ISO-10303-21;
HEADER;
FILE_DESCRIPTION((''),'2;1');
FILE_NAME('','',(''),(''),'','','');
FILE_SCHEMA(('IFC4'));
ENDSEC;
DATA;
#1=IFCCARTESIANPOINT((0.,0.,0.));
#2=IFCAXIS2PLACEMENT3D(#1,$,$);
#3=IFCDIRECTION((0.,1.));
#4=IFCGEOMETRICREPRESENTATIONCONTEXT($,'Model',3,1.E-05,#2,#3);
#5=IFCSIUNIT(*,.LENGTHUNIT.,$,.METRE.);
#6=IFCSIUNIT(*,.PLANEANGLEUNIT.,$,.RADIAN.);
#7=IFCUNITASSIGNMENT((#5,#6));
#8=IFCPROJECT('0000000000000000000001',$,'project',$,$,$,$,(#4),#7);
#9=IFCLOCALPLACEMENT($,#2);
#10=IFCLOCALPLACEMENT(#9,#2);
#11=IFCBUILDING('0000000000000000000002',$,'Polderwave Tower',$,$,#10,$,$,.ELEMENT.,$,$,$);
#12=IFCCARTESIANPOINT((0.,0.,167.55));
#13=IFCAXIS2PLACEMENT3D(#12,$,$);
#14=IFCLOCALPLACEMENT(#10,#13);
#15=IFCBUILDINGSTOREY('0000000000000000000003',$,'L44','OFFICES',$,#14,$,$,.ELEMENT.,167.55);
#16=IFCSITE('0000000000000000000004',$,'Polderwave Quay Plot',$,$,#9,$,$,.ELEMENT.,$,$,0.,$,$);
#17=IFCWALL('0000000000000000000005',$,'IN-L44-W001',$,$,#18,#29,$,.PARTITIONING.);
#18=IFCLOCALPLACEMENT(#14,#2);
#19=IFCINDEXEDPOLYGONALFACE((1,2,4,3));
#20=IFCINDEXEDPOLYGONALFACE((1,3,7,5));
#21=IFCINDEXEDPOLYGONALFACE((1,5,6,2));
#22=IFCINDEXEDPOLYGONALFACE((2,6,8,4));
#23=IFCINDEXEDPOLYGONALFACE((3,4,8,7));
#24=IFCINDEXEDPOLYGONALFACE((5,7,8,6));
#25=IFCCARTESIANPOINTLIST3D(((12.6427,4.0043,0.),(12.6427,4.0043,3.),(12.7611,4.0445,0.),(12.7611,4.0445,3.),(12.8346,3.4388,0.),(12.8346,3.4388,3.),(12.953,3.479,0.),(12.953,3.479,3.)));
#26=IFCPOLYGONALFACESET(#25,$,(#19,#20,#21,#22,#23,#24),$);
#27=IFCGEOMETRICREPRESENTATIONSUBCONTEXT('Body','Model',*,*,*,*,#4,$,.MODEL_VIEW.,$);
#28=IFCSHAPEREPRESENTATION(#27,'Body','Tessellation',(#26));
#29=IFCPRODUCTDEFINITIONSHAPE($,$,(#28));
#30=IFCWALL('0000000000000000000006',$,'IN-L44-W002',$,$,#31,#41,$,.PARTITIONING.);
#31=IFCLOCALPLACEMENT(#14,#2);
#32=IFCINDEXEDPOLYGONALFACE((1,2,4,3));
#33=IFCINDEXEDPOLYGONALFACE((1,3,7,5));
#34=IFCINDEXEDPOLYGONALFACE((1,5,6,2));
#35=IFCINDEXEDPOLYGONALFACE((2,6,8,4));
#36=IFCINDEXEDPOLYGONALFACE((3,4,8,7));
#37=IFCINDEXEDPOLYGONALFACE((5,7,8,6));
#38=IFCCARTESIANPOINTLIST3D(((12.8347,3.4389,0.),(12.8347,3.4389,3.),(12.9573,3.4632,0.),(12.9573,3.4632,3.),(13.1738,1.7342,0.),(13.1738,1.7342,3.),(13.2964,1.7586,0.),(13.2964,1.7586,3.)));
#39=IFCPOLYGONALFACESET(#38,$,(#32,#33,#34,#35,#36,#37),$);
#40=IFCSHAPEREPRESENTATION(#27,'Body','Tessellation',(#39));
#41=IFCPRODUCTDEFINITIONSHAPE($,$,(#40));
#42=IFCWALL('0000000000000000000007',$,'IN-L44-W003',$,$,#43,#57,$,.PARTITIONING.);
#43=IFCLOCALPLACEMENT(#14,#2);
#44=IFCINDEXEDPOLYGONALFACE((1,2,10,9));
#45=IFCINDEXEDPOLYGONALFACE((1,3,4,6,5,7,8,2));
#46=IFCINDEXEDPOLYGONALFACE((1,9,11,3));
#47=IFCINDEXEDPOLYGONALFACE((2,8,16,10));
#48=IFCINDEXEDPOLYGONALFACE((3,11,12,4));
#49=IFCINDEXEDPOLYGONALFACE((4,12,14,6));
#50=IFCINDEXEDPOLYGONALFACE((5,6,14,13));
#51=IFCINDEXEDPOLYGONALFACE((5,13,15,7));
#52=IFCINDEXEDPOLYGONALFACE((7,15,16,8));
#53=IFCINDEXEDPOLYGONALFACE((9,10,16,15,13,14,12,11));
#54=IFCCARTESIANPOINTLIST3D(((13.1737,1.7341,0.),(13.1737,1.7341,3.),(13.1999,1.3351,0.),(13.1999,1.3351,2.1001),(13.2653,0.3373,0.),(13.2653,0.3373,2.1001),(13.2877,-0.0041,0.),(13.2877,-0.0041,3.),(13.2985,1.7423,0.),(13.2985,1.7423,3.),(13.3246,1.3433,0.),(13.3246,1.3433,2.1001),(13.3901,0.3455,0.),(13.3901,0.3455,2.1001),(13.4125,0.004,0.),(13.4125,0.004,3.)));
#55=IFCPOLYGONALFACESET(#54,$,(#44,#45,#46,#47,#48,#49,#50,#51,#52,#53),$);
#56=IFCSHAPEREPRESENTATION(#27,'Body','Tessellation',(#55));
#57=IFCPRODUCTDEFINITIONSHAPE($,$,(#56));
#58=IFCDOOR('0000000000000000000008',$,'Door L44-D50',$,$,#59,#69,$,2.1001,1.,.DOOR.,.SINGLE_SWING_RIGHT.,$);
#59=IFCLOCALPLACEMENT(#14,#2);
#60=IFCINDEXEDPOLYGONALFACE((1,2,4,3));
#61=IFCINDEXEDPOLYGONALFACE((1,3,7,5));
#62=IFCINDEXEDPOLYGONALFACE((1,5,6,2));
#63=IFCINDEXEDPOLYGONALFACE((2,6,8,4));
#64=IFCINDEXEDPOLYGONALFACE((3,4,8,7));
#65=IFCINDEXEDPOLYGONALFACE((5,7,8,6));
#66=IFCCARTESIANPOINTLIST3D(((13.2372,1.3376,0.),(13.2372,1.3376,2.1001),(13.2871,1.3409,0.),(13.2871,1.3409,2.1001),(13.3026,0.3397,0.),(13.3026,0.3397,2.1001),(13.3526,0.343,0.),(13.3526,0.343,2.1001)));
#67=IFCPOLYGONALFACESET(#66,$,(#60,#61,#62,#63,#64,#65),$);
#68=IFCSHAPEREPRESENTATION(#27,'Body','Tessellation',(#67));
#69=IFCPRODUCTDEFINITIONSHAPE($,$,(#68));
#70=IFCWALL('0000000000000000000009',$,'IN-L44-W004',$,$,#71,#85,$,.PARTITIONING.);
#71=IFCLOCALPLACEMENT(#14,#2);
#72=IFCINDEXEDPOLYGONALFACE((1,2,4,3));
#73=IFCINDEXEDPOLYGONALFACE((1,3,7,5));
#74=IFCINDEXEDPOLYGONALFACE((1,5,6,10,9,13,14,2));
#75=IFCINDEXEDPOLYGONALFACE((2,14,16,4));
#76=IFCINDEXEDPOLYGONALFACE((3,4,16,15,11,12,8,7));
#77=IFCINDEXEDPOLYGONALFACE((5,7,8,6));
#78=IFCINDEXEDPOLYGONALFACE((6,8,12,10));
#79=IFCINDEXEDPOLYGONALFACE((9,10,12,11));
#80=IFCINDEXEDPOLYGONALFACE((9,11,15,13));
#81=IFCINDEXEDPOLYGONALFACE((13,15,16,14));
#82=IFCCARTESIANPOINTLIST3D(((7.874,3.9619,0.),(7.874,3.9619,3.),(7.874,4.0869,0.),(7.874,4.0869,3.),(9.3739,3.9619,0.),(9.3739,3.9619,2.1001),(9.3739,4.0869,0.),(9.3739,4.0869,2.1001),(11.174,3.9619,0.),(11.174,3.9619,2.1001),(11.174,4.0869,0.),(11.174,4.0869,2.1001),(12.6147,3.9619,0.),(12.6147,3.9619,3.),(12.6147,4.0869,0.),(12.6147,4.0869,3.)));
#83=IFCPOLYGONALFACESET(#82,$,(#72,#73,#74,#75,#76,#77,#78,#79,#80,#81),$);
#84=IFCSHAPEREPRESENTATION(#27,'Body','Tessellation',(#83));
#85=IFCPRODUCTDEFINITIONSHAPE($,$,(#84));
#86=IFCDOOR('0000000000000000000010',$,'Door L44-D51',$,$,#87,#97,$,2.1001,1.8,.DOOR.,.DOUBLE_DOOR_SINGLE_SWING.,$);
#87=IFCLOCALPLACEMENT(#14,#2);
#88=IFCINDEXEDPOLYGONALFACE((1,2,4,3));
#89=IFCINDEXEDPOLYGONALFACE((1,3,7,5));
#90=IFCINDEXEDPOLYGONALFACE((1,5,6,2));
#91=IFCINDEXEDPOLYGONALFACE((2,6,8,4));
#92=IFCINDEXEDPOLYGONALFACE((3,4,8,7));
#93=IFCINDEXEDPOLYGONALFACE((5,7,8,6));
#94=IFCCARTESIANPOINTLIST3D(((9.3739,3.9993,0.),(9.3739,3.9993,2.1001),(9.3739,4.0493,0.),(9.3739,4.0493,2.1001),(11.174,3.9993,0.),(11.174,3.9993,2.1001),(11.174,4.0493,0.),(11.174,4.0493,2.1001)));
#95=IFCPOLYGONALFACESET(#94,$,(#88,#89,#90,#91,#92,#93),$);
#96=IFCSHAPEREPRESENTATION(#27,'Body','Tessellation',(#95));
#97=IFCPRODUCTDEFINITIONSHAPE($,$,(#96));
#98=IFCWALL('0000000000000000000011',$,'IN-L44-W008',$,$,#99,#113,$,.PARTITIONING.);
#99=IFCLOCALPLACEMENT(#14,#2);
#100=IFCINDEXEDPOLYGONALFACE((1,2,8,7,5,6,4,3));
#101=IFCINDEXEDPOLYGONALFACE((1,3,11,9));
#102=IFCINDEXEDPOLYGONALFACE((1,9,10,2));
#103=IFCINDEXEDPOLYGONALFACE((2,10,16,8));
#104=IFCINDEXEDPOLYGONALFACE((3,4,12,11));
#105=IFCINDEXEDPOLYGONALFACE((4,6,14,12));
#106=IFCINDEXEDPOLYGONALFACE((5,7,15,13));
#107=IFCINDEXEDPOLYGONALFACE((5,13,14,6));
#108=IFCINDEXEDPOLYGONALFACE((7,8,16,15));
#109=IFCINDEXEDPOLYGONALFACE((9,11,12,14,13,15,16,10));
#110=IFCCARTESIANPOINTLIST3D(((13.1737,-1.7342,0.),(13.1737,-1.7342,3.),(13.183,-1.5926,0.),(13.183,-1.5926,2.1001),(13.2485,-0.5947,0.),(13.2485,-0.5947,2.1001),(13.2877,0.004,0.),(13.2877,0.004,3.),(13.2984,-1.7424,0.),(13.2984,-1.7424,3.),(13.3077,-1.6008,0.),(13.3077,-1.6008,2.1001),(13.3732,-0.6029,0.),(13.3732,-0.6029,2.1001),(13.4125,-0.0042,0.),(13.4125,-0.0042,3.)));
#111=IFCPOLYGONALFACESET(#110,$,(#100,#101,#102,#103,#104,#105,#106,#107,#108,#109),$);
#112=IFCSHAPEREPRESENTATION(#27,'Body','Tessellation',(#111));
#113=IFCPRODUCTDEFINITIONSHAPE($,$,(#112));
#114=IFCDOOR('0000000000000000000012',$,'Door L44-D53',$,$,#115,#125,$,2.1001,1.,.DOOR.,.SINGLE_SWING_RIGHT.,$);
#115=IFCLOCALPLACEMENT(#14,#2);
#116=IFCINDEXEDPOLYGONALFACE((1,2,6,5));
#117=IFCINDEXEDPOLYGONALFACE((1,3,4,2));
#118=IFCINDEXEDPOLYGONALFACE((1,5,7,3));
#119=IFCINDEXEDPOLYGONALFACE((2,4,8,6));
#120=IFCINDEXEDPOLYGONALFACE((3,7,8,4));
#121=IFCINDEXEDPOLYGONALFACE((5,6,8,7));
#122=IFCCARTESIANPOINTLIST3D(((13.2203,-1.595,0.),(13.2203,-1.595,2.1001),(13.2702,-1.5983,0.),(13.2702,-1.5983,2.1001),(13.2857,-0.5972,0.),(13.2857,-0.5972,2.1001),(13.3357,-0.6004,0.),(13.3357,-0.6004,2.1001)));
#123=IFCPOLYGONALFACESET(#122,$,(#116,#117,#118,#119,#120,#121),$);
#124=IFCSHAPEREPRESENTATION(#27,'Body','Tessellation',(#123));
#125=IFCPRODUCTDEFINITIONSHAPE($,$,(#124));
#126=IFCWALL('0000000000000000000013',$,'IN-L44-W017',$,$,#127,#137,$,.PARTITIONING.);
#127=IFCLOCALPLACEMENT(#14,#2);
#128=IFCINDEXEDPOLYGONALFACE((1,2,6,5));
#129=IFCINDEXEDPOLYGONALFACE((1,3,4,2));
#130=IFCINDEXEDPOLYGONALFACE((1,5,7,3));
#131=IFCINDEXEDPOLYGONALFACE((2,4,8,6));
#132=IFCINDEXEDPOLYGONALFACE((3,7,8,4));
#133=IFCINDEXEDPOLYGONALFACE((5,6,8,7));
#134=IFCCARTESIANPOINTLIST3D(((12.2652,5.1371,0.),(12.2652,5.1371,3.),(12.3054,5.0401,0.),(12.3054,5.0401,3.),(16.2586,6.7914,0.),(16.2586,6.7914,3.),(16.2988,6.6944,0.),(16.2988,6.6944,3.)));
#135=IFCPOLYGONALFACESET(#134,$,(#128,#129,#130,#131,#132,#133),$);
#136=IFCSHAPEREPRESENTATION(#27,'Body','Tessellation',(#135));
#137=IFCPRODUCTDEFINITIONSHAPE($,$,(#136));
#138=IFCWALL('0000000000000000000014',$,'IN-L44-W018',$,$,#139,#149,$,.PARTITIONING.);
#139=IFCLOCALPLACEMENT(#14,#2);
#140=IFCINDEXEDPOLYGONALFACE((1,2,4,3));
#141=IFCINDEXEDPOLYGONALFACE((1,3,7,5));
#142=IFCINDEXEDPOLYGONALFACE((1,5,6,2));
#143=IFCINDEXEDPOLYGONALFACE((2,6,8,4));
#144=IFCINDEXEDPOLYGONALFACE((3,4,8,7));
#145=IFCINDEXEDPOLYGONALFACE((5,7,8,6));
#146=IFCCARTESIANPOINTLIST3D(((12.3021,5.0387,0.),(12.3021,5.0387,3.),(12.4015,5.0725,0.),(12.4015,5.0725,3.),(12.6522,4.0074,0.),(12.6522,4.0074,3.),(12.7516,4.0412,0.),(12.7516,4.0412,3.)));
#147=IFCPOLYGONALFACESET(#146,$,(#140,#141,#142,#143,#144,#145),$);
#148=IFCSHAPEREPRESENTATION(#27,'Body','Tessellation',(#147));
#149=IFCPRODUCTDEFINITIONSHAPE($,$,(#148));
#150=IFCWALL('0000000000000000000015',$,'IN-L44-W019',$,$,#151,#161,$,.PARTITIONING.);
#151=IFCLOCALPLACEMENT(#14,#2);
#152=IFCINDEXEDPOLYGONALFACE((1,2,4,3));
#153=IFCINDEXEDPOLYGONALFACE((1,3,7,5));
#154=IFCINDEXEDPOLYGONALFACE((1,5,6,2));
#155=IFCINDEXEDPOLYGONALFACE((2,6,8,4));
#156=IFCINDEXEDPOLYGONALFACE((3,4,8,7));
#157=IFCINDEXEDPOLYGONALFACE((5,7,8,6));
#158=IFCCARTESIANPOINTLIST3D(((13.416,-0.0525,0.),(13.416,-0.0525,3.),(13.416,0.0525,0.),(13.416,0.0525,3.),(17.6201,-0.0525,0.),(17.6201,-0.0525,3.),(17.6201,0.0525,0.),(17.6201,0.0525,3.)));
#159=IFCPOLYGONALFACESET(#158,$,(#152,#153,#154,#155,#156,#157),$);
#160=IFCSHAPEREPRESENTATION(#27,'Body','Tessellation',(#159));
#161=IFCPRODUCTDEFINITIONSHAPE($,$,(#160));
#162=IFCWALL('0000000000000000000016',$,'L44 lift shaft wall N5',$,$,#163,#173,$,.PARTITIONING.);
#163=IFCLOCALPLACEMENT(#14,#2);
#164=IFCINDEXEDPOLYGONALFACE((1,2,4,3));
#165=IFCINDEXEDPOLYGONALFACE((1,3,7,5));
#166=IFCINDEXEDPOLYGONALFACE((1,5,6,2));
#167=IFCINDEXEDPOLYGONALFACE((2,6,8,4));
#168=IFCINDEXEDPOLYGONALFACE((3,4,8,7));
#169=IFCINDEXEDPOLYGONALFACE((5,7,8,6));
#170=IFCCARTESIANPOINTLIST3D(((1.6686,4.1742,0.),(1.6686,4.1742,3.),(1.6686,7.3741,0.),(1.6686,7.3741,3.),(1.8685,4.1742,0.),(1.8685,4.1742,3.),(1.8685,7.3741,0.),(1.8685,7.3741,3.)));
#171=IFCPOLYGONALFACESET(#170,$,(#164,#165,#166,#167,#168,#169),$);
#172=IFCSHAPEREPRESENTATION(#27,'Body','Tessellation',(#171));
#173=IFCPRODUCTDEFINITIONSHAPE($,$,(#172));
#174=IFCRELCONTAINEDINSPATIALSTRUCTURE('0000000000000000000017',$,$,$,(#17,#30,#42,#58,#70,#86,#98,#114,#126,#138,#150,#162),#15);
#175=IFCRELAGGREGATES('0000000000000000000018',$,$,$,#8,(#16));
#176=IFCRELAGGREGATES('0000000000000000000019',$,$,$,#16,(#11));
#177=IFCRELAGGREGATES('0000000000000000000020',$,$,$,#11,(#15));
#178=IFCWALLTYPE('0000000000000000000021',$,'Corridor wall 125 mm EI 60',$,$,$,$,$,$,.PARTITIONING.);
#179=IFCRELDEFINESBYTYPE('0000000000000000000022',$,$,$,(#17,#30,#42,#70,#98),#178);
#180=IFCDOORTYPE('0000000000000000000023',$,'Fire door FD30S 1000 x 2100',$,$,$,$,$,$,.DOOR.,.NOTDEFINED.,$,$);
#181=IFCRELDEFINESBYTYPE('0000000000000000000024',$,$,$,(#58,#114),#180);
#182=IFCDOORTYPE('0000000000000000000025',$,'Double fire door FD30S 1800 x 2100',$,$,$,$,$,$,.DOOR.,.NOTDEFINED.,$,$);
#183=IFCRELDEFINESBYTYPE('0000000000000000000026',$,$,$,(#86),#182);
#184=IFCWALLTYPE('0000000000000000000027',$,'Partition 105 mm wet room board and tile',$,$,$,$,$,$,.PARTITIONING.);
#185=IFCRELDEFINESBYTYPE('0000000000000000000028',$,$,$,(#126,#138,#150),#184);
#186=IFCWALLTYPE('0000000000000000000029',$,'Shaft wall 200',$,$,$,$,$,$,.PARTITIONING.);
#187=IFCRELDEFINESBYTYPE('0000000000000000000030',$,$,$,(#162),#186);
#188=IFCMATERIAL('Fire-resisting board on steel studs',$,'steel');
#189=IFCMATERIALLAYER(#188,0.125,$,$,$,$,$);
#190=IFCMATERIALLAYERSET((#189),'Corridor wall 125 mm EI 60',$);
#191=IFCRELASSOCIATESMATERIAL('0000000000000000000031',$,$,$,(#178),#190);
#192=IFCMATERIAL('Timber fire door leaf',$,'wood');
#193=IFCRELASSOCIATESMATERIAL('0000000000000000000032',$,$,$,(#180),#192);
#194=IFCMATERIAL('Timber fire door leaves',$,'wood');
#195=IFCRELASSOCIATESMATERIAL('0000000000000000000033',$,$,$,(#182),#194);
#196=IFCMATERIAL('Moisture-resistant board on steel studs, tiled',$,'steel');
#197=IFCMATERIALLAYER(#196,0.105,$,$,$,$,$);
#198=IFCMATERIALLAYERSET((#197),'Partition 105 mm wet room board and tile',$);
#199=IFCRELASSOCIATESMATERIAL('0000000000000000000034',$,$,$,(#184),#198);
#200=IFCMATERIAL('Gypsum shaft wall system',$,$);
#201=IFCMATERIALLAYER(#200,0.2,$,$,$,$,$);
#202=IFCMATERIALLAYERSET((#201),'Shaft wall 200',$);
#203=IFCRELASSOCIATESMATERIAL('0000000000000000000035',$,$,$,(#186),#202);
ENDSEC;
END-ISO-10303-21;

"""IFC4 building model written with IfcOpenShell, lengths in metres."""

from ifc_helpers import new_model, si_unit, direction, frame, frame_2d, origin, place, context, subcontext, project, spatial, rectangle, extrude, material, layer, layer_set, type_object, element, fill, save


model = new_model("IFC4")

# Units and contexts
model_context = context("Model", 3, precision=1e-05, world=origin(), true_north=direction((0.0, 1.0)))
body_context = subcontext(model_context, "Body", "Model", "MODEL_VIEW")
ifc_project = project(units=[si_unit("LENGTHUNIT", "METRE"), si_unit("PLANEANGLEUNIT", "RADIAN")], contexts=[model_context])

# Site, building, storey
site_placement = place(None, origin())
site = spatial("IfcSite", under=ifc_project, at=site_placement, Name="Polderwave Quay Plot", CompositionType="ELEMENT", RefElevation=0.0)
building_placement = place(site_placement, origin())
building = spatial("IfcBuilding", under=site, at=building_placement, Name="Polderwave Tower", CompositionType="ELEMENT")
storey_placement = place(building_placement, frame((0.0, 0.0, 167.55)))
storey = spatial("IfcBuildingStorey", under=building, at=storey_placement, Name="L44", Description="OFFICES", CompositionType="ELEMENT", Elevation=167.55)

# Walls
ifc_material_1 = material(Name="Fire-resisting board on steel studs", Category="steel")
ifc_layer_1 = layer(ifc_material_1, 0.125)
ifc_layer_set_1 = layer_set([ifc_layer_1], Name="Corridor wall 125 mm EI 60")
wall_type_1 = type_object("IfcWallType", Name="Corridor wall 125 mm EI 60", PredefinedType="PARTITIONING", material=ifc_layer_set_1)
wall_1_placement = place(storey_placement, frame((12.7019, 4.0244, 0.0), z_axis=(0.0, 0.0, 1.0), x_axis=(0.321375, -0.946952, 0.0)))
element("IfcWall", 1, at=wall_1_placement, inside=storey, type_object=wall_type_1, Name="IN-L44-W001", PredefinedType="PARTITIONING", context=body_context, shape_type="SweptSolid", body=[
    extrude(rectangle(XDim=0.5972, YDim=0.125, at=frame_2d((0.2986, 0.0))), origin(), (0.0, 0.0, 1.0), 3.0),
])
wall_2_placement = place(storey_placement, frame((12.896, 3.4512, 0.0), z_axis=(0.0, 0.0, 1.0), x_axis=(0.195117, -0.98078, 0.0)))
element("IfcWall", 2, at=wall_2_placement, inside=storey, type_object=wall_type_1, Name="IN-L44-W002", PredefinedType="PARTITIONING", context=body_context, shape_type="SweptSolid", body=[
    extrude(rectangle(XDim=1.738, YDim=0.125, at=frame_2d((0.8691, 0.0))), origin(), (0.0, 0.0, 1.0), 3.0),
])

# Walls, openings, doors
wall_3_placement = place(storey_placement, frame((13.2361, 1.7383, 0.0), z_axis=(0.0, 0.0, 1.0), x_axis=(0.065449, -0.997856, 0.0)))
wall_3 = element("IfcWall", 3, at=wall_3_placement, inside=storey, type_object=wall_type_1, Name="IN-L44-W003", PredefinedType="PARTITIONING", context=body_context, shape_type="SweptSolid", body=[
    extrude(rectangle(XDim=1.7419, YDim=0.125, at=frame_2d((0.8711, 0.0))), origin(), (0.0, 0.0, 1.0), 3.0),
])
opening_1_placement = place(wall_3_placement, frame((0.3999, 0.0, 0.0)))
opening_1 = element("IfcOpeningElement", 4, at=opening_1_placement, cuts=wall_3, PredefinedType="OPENING", context=body_context, shape_type="SweptSolid", body=[
    extrude(rectangle(XDim=1.0, YDim=2.1001, at=frame_2d((0.5, 1.05))), frame((0.0, 0.0725, 0.0), z_axis=(0.0, -1.0, 0.0), x_axis=(1.0, 0.0, 0.0)), (0.0, 0.0, 1.0), 0.145),
])
ifc_material_2 = material(Name="Timber fire door leaf", Category="wood")
door_type_1 = type_object("IfcDoorType", Name="Fire door FD30S 1000 x 2100", OperationType="NOTDEFINED", PredefinedType="DOOR", material=ifc_material_2)
door_1_placement = place(opening_1_placement, origin())
door_1 = element("IfcDoor", 5, at=door_1_placement, inside=storey, type_object=door_type_1, Name="Door L44-D50", OperationType="SINGLE_SWING_RIGHT", OverallHeight=2.1001, OverallWidth=1.0, PredefinedType="DOOR", context=body_context, shape_type="SweptSolid", body=[
    extrude(rectangle(XDim=1.0, YDim=2.1001, at=frame_2d((0.5, 1.05))), frame((0.0, 0.0249, 0.0), z_axis=(0.0, -1.0, 0.0), x_axis=(1.0, 0.0, 0.0)), (0.0, 0.0, 1.0), 0.05),
])
fill(opening_1, door_1)
wall_4_placement = place(storey_placement, frame((7.874, 4.0244, 0.0), z_axis=(0.0, 0.0, 1.0), x_axis=(1.0, 0.0, 0.0)))
wall_4 = element("IfcWall", 6, at=wall_4_placement, inside=storey, type_object=wall_type_1, Name="IN-L44-W004", PredefinedType="PARTITIONING", context=body_context, shape_type="SweptSolid", body=[
    extrude(rectangle(XDim=4.7407, YDim=0.125, at=frame_2d((2.3704, 0.0))), origin(), (0.0, 0.0, 1.0), 3.0),
])
opening_2_placement = place(wall_4_placement, frame((1.5, 0.0, 0.0)))
opening_2 = element("IfcOpeningElement", 7, at=opening_2_placement, cuts=wall_4, PredefinedType="OPENING", context=body_context, shape_type="SweptSolid", body=[
    extrude(rectangle(XDim=1.8, YDim=2.1001, at=frame_2d((0.8999, 1.05))), frame((0.0, 0.0725, 0.0), z_axis=(0.0, -1.0, 0.0), x_axis=(1.0, 0.0, 0.0)), (0.0, 0.0, 1.0), 0.145),
])
ifc_material_3 = material(Name="Timber fire door leaves", Category="wood")
door_type_2 = type_object("IfcDoorType", Name="Double fire door FD30S 1800 x 2100", OperationType="NOTDEFINED", PredefinedType="DOOR", material=ifc_material_3)
door_2_placement = place(opening_2_placement, origin())
door_2 = element("IfcDoor", 8, at=door_2_placement, inside=storey, type_object=door_type_2, Name="Door L44-D51", OperationType="DOUBLE_DOOR_SINGLE_SWING", OverallHeight=2.1001, OverallWidth=1.8, PredefinedType="DOOR", context=body_context, shape_type="SweptSolid", body=[
    extrude(rectangle(XDim=1.8, YDim=2.1001, at=frame_2d((0.8999, 1.05))), frame((0.0, 0.0249, 0.0), z_axis=(0.0, -1.0, 0.0), x_axis=(1.0, 0.0, 0.0)), (0.0, 0.0, 1.0), 0.05),
])
fill(opening_2, door_2)
wall_5_placement = place(storey_placement, frame((13.3501, 0.0, 0.0), z_axis=(0.0, 0.0, 1.0), x_axis=(-0.065449, -0.997856, 0.0)))
wall_5 = element("IfcWall", 9, at=wall_5_placement, inside=storey, type_object=wall_type_1, Name="IN-L44-W008", PredefinedType="PARTITIONING", context=body_context, shape_type="SweptSolid", body=[
    extrude(rectangle(XDim=1.7419, YDim=0.125, at=frame_2d((0.8711, 0.0))), origin(), (0.0, 0.0, 1.0), 3.0),
])
opening_3_placement = place(wall_5_placement, frame((0.6001, 0.0, 0.0)))
opening_3 = element("IfcOpeningElement", 10, at=opening_3_placement, cuts=wall_5, PredefinedType="OPENING", context=body_context, shape_type="SweptSolid", body=[
    extrude(rectangle(XDim=1.0, YDim=2.1001, at=frame_2d((0.5, 1.05))), frame((0.0, 0.0725, 0.0), z_axis=(0.0, -1.0, 0.0), x_axis=(1.0, 0.0, 0.0)), (0.0, 0.0, 1.0), 0.145),
])
door_3_placement = place(opening_3_placement, origin())
door_3 = element("IfcDoor", 11, at=door_3_placement, inside=storey, type_object=door_type_1, Name="Door L44-D53", OperationType="SINGLE_SWING_RIGHT", OverallHeight=2.1001, OverallWidth=1.0, PredefinedType="DOOR", context=body_context, shape_type="SweptSolid", body=[
    extrude(rectangle(XDim=1.0, YDim=2.1001, at=frame_2d((0.5, 1.05))), frame((0.0, 0.0249, 0.0), z_axis=(0.0, -1.0, 0.0), x_axis=(1.0, 0.0, 0.0)), (0.0, 0.0, 1.0), 0.05),
])
fill(opening_3, door_3)

# Walls
ifc_material_4 = material(Name="Moisture-resistant board on steel studs, tiled", Category="steel")
ifc_layer_2 = layer(ifc_material_4, 0.105)
ifc_layer_set_2 = layer_set([ifc_layer_2], Name="Partition 105 mm wet room board and tile")
wall_type_2 = type_object("IfcWallType", Name="Partition 105 mm wet room board and tile", PredefinedType="PARTITIONING", material=ifc_layer_set_2)
wall_6_placement = place(storey_placement, frame((12.2854, 5.0886, 0.0), z_axis=(0.0, 0.0, 1.0), x_axis=(0.923865, 0.382718, 0.0)))
element("IfcWall", 12, at=wall_6_placement, inside=storey, type_object=wall_type_2, Name="IN-L44-W017", PredefinedType="PARTITIONING", context=body_context, shape_type="SweptSolid", body=[
    extrude(rectangle(XDim=4.3225, YDim=0.105, at=frame_2d((2.1611, 0.0))), origin(), (0.0, 0.0, 1.0), 3.0),
])
wall_7_placement = place(storey_placement, frame((12.7019, 4.0244, 0.0), z_axis=(0.0, 0.0, 1.0), x_axis=(-0.321469, 0.94692, 0.0)))
element("IfcWall", 13, at=wall_7_placement, inside=storey, type_object=wall_type_2, Name="IN-L44-W018", PredefinedType="PARTITIONING", context=body_context, shape_type="SweptSolid", body=[
    extrude(rectangle(XDim=1.0891, YDim=0.105, at=frame_2d((0.5444, 0.0))), origin(), (0.0, 0.0, 1.0), 3.0),
])
wall_8_placement = place(storey_placement, frame((17.6201, 0.0, 0.0), z_axis=(0.0, 0.0, 1.0), x_axis=(-1.0, 0.0, 0.0)))
element("IfcWall", 14, at=wall_8_placement, inside=storey, type_object=wall_type_2, Name="IN-L44-W019", PredefinedType="PARTITIONING", context=body_context, shape_type="SweptSolid", body=[
    extrude(rectangle(XDim=4.2041, YDim=0.105, at=frame_2d((2.1021, 0.0))), origin(), (0.0, 0.0, 1.0), 3.0),
])
ifc_material_5 = material(Name="Gypsum shaft wall system")
ifc_layer_3 = layer(ifc_material_5, 0.2)
ifc_layer_set_3 = layer_set([ifc_layer_3], Name="Shaft wall 200")
wall_type_3 = type_object("IfcWallType", Name="Shaft wall 200", PredefinedType="PARTITIONING", material=ifc_layer_set_3)
for number, where, z_axis, x_axis, name in (
    (15, (1.7686, 4.1741, 0.0), (0.0, 0.0, 1.0), (0.0, 1.0, 0.0), "L44 lift shaft wall N5"),
):
    element("IfcWall", number, at=place(storey_placement, frame(where, z_axis=z_axis, x_axis=x_axis)), inside=storey, type_object=wall_type_3, Name=name, PredefinedType="PARTITIONING", context=body_context, shape_type="SweptSolid", body=[
        extrude(rectangle(XDim=3.2, YDim=0.2, at=frame_2d((1.6001, 0.0))), origin(), (0.0, 0.0, 1.0), 3.0),
    ])

save(model, "model.ifc")
